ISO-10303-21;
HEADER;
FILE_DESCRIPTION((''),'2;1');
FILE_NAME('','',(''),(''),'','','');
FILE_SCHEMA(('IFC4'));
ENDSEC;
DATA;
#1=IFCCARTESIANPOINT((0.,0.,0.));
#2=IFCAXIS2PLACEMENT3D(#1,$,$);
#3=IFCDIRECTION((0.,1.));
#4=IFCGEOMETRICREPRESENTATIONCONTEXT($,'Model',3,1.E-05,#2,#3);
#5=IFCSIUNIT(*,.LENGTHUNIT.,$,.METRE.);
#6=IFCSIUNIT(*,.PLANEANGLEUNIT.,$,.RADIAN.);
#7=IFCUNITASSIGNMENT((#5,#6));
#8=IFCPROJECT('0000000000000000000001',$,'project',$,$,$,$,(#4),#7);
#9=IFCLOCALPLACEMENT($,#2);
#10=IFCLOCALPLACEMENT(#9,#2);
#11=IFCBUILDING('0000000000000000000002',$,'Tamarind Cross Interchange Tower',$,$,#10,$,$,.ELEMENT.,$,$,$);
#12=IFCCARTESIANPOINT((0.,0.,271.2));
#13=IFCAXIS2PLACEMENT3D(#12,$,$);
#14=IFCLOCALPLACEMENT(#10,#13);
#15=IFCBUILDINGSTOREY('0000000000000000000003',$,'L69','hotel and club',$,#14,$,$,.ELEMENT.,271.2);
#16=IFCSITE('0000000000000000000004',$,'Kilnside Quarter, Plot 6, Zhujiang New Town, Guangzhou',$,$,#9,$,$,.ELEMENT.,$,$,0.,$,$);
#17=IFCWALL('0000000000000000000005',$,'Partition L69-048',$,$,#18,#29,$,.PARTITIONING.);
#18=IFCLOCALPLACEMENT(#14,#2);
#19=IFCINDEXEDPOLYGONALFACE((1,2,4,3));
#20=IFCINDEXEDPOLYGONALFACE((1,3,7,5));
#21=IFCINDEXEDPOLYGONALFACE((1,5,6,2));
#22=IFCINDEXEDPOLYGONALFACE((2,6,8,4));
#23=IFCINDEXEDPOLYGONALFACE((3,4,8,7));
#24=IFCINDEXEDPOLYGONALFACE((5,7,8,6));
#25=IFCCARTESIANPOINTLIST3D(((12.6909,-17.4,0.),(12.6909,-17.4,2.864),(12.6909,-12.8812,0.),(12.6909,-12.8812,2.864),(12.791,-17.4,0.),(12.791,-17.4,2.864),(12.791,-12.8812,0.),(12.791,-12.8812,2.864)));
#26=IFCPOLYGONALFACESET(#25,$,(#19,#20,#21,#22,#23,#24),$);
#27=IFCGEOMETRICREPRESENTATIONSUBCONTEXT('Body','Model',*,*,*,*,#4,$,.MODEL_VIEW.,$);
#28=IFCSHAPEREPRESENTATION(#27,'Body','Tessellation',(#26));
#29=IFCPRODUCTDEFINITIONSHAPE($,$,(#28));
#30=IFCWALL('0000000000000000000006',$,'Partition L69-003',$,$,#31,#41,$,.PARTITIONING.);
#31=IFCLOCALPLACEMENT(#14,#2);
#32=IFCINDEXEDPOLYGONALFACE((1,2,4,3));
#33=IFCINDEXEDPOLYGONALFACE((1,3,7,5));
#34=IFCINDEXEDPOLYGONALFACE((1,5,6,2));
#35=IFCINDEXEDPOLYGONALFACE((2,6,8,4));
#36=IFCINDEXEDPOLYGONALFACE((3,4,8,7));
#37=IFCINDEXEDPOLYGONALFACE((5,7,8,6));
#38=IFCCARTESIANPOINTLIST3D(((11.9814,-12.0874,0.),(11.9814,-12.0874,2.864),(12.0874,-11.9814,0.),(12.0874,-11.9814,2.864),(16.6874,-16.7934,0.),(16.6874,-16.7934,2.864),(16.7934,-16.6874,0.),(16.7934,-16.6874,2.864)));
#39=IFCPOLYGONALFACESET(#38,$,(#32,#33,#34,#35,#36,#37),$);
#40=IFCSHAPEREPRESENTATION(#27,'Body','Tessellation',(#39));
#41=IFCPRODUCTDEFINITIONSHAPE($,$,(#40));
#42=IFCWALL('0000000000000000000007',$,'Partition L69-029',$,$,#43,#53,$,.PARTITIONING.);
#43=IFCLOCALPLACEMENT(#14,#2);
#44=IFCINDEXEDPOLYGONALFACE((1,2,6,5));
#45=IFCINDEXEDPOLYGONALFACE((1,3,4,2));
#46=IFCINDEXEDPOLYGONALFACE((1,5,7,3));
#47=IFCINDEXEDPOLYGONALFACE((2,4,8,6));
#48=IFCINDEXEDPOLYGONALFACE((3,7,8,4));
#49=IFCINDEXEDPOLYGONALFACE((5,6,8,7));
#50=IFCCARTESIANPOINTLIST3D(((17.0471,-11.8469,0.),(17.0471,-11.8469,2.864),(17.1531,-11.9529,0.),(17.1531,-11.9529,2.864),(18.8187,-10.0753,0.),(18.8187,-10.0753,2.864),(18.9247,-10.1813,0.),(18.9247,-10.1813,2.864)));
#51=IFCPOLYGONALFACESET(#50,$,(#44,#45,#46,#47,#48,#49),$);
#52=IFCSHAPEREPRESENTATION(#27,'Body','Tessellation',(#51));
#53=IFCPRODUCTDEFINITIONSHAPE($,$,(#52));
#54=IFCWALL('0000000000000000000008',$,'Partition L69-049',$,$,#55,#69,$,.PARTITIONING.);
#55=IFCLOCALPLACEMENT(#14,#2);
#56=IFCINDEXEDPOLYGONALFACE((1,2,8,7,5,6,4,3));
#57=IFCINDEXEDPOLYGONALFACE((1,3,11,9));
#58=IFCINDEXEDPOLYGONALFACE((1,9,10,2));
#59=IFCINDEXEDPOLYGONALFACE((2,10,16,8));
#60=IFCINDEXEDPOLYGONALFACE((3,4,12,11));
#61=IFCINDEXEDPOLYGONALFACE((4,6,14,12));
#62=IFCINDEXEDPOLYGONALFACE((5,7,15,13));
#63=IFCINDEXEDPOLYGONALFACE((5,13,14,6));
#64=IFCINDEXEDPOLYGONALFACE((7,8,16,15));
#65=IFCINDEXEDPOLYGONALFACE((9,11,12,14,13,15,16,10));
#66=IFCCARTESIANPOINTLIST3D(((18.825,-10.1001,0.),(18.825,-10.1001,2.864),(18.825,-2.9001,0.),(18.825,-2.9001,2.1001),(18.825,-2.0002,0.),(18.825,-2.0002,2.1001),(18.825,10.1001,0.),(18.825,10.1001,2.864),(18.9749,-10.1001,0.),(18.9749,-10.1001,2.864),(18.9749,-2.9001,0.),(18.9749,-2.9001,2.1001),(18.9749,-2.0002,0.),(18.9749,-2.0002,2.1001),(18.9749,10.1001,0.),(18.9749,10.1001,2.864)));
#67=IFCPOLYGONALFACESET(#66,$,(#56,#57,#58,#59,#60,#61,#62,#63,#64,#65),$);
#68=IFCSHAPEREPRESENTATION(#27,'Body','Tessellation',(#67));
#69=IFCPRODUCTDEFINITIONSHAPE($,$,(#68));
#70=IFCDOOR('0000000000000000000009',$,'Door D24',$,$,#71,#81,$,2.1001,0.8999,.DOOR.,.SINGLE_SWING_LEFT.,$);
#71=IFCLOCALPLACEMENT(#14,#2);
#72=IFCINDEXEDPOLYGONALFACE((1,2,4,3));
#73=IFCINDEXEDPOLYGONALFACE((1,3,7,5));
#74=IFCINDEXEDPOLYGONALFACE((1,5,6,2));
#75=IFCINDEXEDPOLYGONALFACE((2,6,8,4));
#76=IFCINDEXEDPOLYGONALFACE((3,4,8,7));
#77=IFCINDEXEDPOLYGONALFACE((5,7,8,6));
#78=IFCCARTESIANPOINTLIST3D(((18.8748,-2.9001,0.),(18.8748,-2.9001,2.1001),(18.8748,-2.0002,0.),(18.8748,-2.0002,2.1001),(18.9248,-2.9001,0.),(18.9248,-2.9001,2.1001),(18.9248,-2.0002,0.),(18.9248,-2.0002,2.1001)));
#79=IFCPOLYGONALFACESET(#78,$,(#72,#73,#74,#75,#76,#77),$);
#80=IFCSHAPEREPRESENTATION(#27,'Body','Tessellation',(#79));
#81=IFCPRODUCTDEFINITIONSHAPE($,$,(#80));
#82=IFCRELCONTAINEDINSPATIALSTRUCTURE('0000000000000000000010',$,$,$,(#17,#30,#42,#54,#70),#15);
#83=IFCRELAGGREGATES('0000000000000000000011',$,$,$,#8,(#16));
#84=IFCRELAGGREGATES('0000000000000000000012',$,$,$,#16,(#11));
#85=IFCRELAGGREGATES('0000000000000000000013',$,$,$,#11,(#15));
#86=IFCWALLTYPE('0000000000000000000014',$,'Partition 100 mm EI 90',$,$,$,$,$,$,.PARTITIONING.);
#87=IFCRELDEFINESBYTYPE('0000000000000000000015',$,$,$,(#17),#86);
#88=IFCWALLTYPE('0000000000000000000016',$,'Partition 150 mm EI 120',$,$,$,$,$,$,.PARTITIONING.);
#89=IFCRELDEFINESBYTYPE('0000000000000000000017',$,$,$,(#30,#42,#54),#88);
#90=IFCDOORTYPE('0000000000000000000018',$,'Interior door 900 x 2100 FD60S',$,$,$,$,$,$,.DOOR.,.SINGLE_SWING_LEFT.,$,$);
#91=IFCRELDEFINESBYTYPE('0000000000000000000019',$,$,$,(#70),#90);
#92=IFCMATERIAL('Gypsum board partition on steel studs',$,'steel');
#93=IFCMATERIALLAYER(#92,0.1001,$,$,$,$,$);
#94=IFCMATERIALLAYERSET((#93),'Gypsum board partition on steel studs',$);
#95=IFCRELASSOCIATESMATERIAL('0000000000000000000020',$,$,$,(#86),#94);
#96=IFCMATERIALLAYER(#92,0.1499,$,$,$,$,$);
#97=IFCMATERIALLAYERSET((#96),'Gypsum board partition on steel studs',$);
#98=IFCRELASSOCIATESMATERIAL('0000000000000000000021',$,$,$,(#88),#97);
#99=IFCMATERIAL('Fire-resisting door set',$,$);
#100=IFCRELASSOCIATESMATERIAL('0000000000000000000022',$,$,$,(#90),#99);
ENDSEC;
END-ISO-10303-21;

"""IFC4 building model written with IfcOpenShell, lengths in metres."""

from ifc_helpers import new_model, si_unit, direction, frame, frame_2d, origin, place, context, subcontext, project, spatial, rectangle, extrude, material, layer, layer_set, type_object, element, fill, save


model = new_model("IFC4")

# Units and contexts
model_context = context("Model", 3, precision=1e-05, world=origin(), true_north=direction((0.0, 1.0)))
body_context = subcontext(model_context, "Body", "Model", "MODEL_VIEW")
ifc_project = project(units=[si_unit("LENGTHUNIT", "METRE"), si_unit("PLANEANGLEUNIT", "RADIAN")], contexts=[model_context])

# Site, building, storey
site_placement = place(None, origin())
site = spatial("IfcSite", under=ifc_project, at=site_placement, Name="Kilnside Quarter, Plot 6, Zhujiang New Town, Guangzhou", CompositionType="ELEMENT", RefElevation=0.0)
building_placement = place(site_placement, origin())
building = spatial("IfcBuilding", under=site, at=building_placement, Name="Tamarind Cross Interchange Tower", CompositionType="ELEMENT")
storey_placement = place(building_placement, frame((0.0, 0.0, 271.2)))
storey = spatial("IfcBuildingStorey", under=building, at=storey_placement, Name="L69", Description="hotel and club", CompositionType="ELEMENT", Elevation=271.2)

# Walls
ifc_material_1 = material(Name="Gypsum board partition on steel studs", Category="steel")
ifc_layer_1 = layer(ifc_material_1, 0.1001)
ifc_layer_set_1 = layer_set([ifc_layer_1], Name="Gypsum board partition on steel studs")
wall_type_1 = type_object("IfcWallType", Name="Partition 100 mm EI 90", PredefinedType="PARTITIONING", material=ifc_layer_set_1)
wall_1_placement = place(storey_placement, frame((12.741, -17.3999, 0.0), z_axis=(0.0, 0.0, 1.0), x_axis=(0.0, 1.0, 0.0)))
element("IfcWall", 1, at=wall_1_placement, inside=storey, type_object=wall_type_1, Name="Partition L69-048", PredefinedType="PARTITIONING", context=body_context, shape_type="SweptSolid", body=[
    extrude(rectangle(XDim=4.5188, YDim=0.1001, at=frame_2d((2.2593, 0.0))), origin(), (0.0, 0.0, 1.0), 2.864),
])
ifc_layer_2 = layer(ifc_material_1, 0.1499)
ifc_layer_set_2 = layer_set([ifc_layer_2], Name="Gypsum board partition on steel studs")
wall_type_2 = type_object("IfcWallType", Name="Partition 150 mm EI 120", PredefinedType="PARTITIONING", material=ifc_layer_set_2)
wall_2_placement = place(storey_placement, frame((12.0344, -12.0344, 0.0), z_axis=(0.0, 0.0, 1.0), x_axis=(0.707107, -0.707107, 0.0)))
element("IfcWall", 2, at=wall_2_placement, inside=storey, type_object=wall_type_2, Name="Partition L69-003", PredefinedType="PARTITIONING", context=body_context, shape_type="SweptSolid", body=[
    extrude(rectangle(XDim=6.6553, YDim=0.1499, at=frame_2d((3.3276, 0.0))), origin(), (0.0, 0.0, 1.0), 2.864),
])
wall_3_placement = place(storey_placement, frame((17.1001, -11.8999, 0.0), z_axis=(0.0, 0.0, 1.0), x_axis=(0.707107, 0.707107, 0.0)))
element("IfcWall", 3, at=wall_3_placement, inside=storey, type_object=wall_type_2, Name="Partition L69-029", PredefinedType="PARTITIONING", context=body_context, shape_type="SweptSolid", body=[
    extrude(rectangle(XDim=2.5054, YDim=0.1499, at=frame_2d((1.2527, 0.0))), origin(), (0.0, 0.0, 1.0), 2.864),
])

# Wall, opening, door
wall_4_placement = place(storey_placement, frame((18.8999, -10.1001, 0.0), z_axis=(0.0, 0.0, 1.0), x_axis=(0.0, 1.0, 0.0)))
wall_4 = element("IfcWall", 4, at=wall_4_placement, inside=storey, type_object=wall_type_2, Name="Partition L69-049", PredefinedType="PARTITIONING", context=body_context, shape_type="SweptSolid", body=[
    extrude(rectangle(XDim=20.2002, YDim=0.1499, at=frame_2d((10.1001, 0.0))), origin(), (0.0, 0.0, 1.0), 2.864),
])
opening_1_placement = place(wall_4_placement, frame((7.2, 0.0, 0.0)))
opening_1 = element("IfcOpeningElement", 5, at=opening_1_placement, cuts=wall_4, PredefinedType="OPENING", context=body_context, shape_type="SweptSolid", body=[
    extrude(rectangle(XDim=0.8999, YDim=2.1001, at=frame_2d((0.45, 1.05))), frame((0.0, 0.085, 0.0), z_axis=(0.0, -1.0, 0.0), x_axis=(1.0, 0.0, 0.0)), (0.0, 0.0, 1.0), 0.1699),
])
ifc_material_2 = material(Name="Fire-resisting door set")
door_type_1 = type_object("IfcDoorType", Name="Interior door 900 x 2100 FD60S", OperationType="SINGLE_SWING_LEFT", PredefinedType="DOOR", material=ifc_material_2)
door_1_placement = place(opening_1_placement, frame((0.8999, 0.0, 0.0), z_axis=(0.0, 0.0, 1.0), x_axis=(-1.0, 0.0, 0.0)))
door_1 = element("IfcDoor", 6, at=door_1_placement, inside=storey, type_object=door_type_1, Name="Door D24", OperationType="SINGLE_SWING_LEFT", OverallHeight=2.1001, OverallWidth=0.8999, PredefinedType="DOOR", context=body_context, shape_type="SweptSolid", body=[
    extrude(rectangle(XDim=0.8999, YDim=2.1001, at=frame_2d((0.45, 1.05))), frame((0.0, 0.0249, 0.0), z_axis=(0.0, -1.0, 0.0), x_axis=(1.0, 0.0, 0.0)), (0.0, 0.0, 1.0), 0.05),
])
fill(opening_1, door_1)

save(model, "model.ifc")
